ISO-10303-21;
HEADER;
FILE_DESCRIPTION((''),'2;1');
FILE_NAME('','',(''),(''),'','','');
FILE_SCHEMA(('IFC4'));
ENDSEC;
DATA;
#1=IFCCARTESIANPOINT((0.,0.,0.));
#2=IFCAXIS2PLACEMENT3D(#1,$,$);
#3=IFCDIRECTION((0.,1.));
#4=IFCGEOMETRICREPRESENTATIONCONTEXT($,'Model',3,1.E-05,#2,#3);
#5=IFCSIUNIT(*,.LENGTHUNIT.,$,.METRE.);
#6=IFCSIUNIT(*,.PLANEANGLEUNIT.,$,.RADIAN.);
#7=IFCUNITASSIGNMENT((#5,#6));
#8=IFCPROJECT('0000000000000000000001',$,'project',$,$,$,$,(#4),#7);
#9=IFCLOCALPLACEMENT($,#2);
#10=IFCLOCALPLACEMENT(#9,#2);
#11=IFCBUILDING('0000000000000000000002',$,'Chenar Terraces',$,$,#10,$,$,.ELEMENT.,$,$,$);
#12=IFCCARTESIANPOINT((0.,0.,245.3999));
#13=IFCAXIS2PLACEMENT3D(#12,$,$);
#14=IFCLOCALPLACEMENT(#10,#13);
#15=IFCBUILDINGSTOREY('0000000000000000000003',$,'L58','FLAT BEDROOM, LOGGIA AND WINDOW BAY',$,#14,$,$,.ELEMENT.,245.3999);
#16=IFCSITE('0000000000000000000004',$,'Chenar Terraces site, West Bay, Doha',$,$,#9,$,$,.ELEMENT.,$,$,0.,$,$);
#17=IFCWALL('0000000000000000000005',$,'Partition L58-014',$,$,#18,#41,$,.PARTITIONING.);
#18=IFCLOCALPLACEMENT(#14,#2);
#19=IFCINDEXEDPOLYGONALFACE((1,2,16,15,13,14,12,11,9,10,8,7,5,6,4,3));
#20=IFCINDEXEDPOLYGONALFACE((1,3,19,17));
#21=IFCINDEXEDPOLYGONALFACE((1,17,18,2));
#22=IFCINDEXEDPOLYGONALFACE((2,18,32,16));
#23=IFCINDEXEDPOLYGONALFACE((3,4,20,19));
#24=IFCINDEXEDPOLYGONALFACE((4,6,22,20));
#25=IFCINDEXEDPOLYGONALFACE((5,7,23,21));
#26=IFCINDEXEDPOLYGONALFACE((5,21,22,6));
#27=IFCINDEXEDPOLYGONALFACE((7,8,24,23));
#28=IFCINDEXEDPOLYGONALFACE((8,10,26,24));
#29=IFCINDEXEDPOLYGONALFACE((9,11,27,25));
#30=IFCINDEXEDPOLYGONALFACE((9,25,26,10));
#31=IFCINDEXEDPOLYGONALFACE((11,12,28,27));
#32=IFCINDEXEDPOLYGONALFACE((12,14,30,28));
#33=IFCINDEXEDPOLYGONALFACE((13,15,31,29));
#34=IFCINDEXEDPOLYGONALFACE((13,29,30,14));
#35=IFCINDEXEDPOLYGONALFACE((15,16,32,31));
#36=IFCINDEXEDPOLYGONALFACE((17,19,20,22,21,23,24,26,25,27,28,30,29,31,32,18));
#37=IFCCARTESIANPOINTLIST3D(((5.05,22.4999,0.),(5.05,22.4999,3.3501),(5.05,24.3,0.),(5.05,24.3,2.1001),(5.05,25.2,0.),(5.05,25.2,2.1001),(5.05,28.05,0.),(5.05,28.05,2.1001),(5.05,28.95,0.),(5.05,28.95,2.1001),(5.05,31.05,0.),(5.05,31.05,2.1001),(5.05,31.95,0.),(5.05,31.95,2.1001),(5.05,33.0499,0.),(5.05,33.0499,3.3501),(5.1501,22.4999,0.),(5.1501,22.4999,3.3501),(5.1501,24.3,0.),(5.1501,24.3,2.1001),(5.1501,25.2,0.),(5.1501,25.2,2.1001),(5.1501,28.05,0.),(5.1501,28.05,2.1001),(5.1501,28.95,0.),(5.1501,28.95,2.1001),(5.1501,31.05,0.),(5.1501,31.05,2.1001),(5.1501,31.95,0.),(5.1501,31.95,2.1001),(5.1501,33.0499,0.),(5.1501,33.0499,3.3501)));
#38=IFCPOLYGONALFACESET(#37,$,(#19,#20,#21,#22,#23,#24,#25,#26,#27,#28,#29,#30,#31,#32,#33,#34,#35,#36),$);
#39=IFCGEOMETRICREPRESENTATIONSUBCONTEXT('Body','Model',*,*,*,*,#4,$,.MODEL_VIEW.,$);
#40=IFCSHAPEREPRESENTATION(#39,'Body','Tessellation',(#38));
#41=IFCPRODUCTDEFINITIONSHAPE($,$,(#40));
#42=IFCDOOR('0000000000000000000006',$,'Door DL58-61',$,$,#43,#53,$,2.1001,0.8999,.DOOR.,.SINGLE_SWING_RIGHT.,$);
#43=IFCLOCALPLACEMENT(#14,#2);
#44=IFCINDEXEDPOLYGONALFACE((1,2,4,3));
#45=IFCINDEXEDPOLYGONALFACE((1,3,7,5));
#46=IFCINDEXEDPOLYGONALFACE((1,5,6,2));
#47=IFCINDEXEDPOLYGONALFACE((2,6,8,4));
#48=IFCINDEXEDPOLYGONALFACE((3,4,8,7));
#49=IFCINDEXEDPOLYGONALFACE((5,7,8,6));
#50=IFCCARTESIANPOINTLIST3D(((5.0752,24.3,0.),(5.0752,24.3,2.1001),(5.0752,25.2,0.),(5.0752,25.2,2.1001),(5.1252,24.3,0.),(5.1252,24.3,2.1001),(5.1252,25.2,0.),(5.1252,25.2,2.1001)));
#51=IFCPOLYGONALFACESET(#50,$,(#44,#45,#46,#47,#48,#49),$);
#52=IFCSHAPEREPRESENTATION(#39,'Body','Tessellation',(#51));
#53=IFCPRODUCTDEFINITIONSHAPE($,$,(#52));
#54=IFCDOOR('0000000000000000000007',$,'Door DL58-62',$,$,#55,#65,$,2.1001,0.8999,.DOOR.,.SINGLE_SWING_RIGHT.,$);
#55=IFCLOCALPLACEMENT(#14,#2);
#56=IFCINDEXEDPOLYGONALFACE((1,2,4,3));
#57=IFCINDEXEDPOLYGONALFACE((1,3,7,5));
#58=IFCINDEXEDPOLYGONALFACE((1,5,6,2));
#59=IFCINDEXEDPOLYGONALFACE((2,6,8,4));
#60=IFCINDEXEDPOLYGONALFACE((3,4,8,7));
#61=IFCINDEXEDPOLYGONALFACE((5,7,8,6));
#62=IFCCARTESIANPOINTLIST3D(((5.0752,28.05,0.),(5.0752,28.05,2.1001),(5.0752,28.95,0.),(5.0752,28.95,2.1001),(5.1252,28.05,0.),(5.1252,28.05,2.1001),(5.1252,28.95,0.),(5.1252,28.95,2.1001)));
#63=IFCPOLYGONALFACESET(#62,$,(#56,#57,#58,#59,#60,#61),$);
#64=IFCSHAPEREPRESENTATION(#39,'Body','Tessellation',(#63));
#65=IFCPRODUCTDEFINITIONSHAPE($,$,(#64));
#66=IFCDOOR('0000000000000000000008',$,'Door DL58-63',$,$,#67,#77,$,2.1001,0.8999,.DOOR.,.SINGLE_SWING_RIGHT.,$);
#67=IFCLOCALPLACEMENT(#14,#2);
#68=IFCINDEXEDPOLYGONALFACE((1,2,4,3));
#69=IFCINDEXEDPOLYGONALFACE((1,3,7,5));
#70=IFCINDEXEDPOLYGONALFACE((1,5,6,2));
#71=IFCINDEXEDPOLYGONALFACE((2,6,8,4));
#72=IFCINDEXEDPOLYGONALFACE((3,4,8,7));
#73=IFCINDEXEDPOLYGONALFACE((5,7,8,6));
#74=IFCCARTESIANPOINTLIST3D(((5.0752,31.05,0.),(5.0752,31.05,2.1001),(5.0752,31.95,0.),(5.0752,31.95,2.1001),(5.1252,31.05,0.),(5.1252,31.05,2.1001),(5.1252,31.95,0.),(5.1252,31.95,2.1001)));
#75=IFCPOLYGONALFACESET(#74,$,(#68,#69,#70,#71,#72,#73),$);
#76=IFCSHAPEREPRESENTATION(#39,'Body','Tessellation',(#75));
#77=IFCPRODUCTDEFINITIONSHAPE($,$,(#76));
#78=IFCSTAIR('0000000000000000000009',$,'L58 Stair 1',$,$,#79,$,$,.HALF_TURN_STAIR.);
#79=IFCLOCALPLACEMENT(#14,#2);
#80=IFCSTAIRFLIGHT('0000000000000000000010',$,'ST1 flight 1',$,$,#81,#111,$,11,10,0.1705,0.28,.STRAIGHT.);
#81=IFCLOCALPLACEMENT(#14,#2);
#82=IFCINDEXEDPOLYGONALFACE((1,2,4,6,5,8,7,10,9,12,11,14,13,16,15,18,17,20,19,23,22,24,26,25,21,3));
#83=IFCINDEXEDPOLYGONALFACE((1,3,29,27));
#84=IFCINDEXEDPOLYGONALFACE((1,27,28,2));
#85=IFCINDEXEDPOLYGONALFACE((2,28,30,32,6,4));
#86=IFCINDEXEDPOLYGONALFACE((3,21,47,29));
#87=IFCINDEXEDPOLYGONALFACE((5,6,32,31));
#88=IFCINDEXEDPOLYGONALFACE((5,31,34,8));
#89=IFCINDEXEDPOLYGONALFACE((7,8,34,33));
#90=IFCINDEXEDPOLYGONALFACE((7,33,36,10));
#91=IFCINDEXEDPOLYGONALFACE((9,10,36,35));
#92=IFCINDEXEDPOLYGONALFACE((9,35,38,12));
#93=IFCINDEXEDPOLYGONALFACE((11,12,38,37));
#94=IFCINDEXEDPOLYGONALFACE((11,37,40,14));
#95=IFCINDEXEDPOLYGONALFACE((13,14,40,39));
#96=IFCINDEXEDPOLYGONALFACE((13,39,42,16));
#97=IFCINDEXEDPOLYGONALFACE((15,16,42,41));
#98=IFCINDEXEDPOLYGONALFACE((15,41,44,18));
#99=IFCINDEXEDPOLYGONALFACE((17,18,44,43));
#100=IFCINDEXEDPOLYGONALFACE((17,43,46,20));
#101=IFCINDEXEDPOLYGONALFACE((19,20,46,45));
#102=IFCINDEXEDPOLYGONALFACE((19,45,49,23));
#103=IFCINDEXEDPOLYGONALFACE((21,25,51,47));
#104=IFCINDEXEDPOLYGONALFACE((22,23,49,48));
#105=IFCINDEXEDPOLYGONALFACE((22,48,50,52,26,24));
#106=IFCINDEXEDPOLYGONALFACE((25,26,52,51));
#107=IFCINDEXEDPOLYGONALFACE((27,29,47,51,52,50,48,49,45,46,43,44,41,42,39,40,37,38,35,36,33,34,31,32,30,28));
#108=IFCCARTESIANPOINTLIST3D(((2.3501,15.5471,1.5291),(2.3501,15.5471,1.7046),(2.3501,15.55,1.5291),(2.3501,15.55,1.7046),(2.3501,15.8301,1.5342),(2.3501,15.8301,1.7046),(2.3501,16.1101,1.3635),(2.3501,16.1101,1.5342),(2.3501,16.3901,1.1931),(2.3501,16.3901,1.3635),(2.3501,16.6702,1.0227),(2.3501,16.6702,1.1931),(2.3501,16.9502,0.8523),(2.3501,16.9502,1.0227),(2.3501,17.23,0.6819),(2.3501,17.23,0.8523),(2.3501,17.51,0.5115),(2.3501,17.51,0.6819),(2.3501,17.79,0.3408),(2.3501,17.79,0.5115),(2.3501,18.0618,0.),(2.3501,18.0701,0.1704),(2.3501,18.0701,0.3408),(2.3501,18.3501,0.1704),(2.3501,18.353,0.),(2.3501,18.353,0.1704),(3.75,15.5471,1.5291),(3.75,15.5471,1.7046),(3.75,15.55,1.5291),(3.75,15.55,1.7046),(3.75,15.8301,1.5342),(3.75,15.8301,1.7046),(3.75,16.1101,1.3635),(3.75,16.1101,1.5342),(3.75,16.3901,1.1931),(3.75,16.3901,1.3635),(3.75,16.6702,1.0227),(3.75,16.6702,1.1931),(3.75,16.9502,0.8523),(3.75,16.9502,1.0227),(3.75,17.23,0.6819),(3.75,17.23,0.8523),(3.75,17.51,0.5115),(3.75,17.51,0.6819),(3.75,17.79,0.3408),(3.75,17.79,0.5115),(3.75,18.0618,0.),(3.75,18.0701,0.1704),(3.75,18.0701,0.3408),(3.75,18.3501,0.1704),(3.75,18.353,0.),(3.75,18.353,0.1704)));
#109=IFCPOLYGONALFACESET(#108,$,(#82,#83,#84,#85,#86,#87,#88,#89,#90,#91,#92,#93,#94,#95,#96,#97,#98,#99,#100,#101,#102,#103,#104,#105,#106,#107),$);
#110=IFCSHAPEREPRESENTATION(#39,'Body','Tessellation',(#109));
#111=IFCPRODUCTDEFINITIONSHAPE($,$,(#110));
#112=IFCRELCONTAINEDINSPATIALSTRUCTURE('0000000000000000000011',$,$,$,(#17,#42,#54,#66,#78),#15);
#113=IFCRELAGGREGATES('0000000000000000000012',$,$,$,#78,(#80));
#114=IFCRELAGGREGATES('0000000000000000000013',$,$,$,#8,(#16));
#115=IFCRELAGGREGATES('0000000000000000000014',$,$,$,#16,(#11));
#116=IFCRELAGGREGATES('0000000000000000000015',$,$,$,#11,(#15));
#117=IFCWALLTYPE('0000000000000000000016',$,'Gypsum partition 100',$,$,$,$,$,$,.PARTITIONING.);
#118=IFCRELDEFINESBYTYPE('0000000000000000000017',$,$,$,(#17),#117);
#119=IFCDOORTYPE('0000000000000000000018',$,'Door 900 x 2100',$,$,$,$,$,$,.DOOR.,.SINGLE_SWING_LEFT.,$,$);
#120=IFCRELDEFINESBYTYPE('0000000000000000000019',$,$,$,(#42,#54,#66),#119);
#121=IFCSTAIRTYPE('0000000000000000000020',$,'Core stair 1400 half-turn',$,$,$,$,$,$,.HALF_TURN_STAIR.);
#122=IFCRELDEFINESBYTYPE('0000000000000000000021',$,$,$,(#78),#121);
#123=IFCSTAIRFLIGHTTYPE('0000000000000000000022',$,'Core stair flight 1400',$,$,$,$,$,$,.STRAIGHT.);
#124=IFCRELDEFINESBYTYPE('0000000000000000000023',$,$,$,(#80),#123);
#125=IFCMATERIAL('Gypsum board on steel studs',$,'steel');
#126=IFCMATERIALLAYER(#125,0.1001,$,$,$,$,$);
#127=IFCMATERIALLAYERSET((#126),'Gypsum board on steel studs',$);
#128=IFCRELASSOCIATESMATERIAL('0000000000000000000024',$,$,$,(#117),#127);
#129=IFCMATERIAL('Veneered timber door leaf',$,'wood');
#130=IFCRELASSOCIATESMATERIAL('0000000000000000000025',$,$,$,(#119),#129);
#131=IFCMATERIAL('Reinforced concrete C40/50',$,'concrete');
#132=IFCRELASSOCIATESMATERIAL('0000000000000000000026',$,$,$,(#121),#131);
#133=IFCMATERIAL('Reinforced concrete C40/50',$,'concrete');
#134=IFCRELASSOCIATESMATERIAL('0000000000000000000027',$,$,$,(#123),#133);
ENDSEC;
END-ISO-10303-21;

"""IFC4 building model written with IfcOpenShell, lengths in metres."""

from ifc_helpers import new_model, si_unit, direction, frame, frame_2d, origin, place, context, subcontext, project, spatial, polyline, rectangle, outline, extrude, material, layer, layer_set, type_object, element, fill, aggregate, save


model = new_model("IFC4")

# Units and contexts
model_context = context("Model", 3, precision=1e-05, world=origin(), true_north=direction((0.0, 1.0)))
body_context = subcontext(model_context, "Body", "Model", "MODEL_VIEW")
ifc_project = project(units=[si_unit("LENGTHUNIT", "METRE"), si_unit("PLANEANGLEUNIT", "RADIAN")], contexts=[model_context])

# Site, building, storey
site_placement = place(None, origin())
site = spatial("IfcSite", under=ifc_project, at=site_placement, Name="Chenar Terraces site, West Bay, Doha", CompositionType="ELEMENT", RefElevation=0.0)
building_placement = place(site_placement, origin())
building = spatial("IfcBuilding", under=site, at=building_placement, Name="Chenar Terraces", CompositionType="ELEMENT")
storey_placement = place(building_placement, frame((0.0, 0.0, 245.3999)))
storey = spatial("IfcBuildingStorey", under=building, at=storey_placement, Name="L58", Description="FLAT BEDROOM, LOGGIA AND WINDOW BAY", CompositionType="ELEMENT", Elevation=245.3999)

# Wall, openings, doors
ifc_material_1 = material(Name="Gypsum board on steel studs", Category="steel")
ifc_layer_1 = layer(ifc_material_1, 0.1001)
ifc_layer_set_1 = layer_set([ifc_layer_1], Name="Gypsum board on steel studs")
wall_type_1 = type_object("IfcWallType", Name="Gypsum partition 100", PredefinedType="PARTITIONING", material=ifc_layer_set_1)
wall_1_placement = place(storey_placement, frame((5.1001, 22.5, 0.0), z_axis=(0.0, 0.0, 1.0), x_axis=(0.0, 1.0, 0.0)))
wall_1 = element("IfcWall", 1, at=wall_1_placement, inside=storey, type_object=wall_type_1, Name="Partition L58-014", PredefinedType="PARTITIONING", context=body_context, shape_type="SweptSolid", body=[
    extrude(rectangle(XDim=10.55, YDim=0.1001, at=frame_2d((5.2749, 0.0))), origin(), (0.0, 0.0, 1.0), 3.3501),
])
opening_1_placement = place(wall_1_placement, frame((1.8, 0.0, 0.0)))
opening_1 = element("IfcOpeningElement", 2, at=opening_1_placement, cuts=wall_1, PredefinedType="OPENING", context=body_context, shape_type="SweptSolid", body=[
    extrude(rectangle(XDim=0.8999, YDim=2.1001, at=frame_2d((0.45, 1.05))), frame((0.0, 0.0601, 0.0), z_axis=(0.0, -1.0, 0.0), x_axis=(1.0, 0.0, 0.0)), (0.0, 0.0, 1.0), 0.1201),
])
opening_2_placement = place(wall_1_placement, frame((5.55, 0.0, 0.0)))
opening_2 = element("IfcOpeningElement", 3, at=opening_2_placement, cuts=wall_1, PredefinedType="OPENING", context=body_context, shape_type="SweptSolid", body=[
    extrude(rectangle(XDim=0.8999, YDim=2.1001, at=frame_2d((0.45, 1.05))), frame((0.0, 0.0601, 0.0), z_axis=(0.0, -1.0, 0.0), x_axis=(1.0, 0.0, 0.0)), (0.0, 0.0, 1.0), 0.1201),
])
opening_3_placement = place(wall_1_placement, frame((8.55, 0.0, 0.0)))
opening_3 = element("IfcOpeningElement", 4, at=opening_3_placement, cuts=wall_1, PredefinedType="OPENING", context=body_context, shape_type="SweptSolid", body=[
    extrude(rectangle(XDim=0.8999, YDim=2.1001, at=frame_2d((0.45, 1.05))), frame((0.0, 0.0601, 0.0), z_axis=(0.0, -1.0, 0.0), x_axis=(1.0, 0.0, 0.0)), (0.0, 0.0, 1.0), 0.1201),
])
ifc_material_2 = material(Name="Veneered timber door leaf", Category="wood")
door_type_1 = type_object("IfcDoorType", Name="Door 900 x 2100", OperationType="SINGLE_SWING_LEFT", PredefinedType="DOOR", material=ifc_material_2)
door_1_placement = place(opening_1_placement, origin())
door_1 = element("IfcDoor", 5, at=door_1_placement, inside=storey, type_object=door_type_1, Name="Door DL58-61", OperationType="SINGLE_SWING_RIGHT", OverallHeight=2.1001, OverallWidth=0.8999, PredefinedType="DOOR", context=body_context, shape_type="SweptSolid", body=[
    extrude(rectangle(XDim=0.8999, YDim=2.1001, at=frame_2d((0.45, 1.05))), frame((0.0, 0.0249, 0.0), z_axis=(0.0, -1.0, 0.0), x_axis=(1.0, 0.0, 0.0)), (0.0, 0.0, 1.0), 0.05),
])
fill(opening_1, door_1)
door_2_placement = place(opening_2_placement, origin())
door_2 = element("IfcDoor", 6, at=door_2_placement, inside=storey, type_object=door_type_1, Name="Door DL58-62", OperationType="SINGLE_SWING_RIGHT", OverallHeight=2.1001, OverallWidth=0.8999, PredefinedType="DOOR", context=body_context, shape_type="SweptSolid", body=[
    extrude(rectangle(XDim=0.8999, YDim=2.1001, at=frame_2d((0.45, 1.05))), frame((0.0, 0.0249, 0.0), z_axis=(0.0, -1.0, 0.0), x_axis=(1.0, 0.0, 0.0)), (0.0, 0.0, 1.0), 0.05),
])
fill(opening_2, door_2)
door_3_placement = place(opening_3_placement, origin())
door_3 = element("IfcDoor", 7, at=door_3_placement, inside=storey, type_object=door_type_1, Name="Door DL58-63", OperationType="SINGLE_SWING_RIGHT", OverallHeight=2.1001, OverallWidth=0.8999, PredefinedType="DOOR", context=body_context, shape_type="SweptSolid", body=[
    extrude(rectangle(XDim=0.8999, YDim=2.1001, at=frame_2d((0.45, 1.05))), frame((0.0, 0.0249, 0.0), z_axis=(0.0, -1.0, 0.0), x_axis=(1.0, 0.0, 0.0)), (0.0, 0.0, 1.0), 0.05),
])
fill(opening_3, door_3)

# Stair, stair flight
ifc_material_3 = material(Name="Reinforced concrete C40/50", Category="concrete")
stair_type = type_object("IfcStairType", Name="Core stair 1400 half-turn", PredefinedType="HALF_TURN_STAIR", material=ifc_material_3)
stair_placement = place(storey_placement, origin())
stair = element("IfcStair", 8, at=stair_placement, inside=storey, type_object=stair_type, Name="L58 Stair 1", PredefinedType="HALF_TURN_STAIR")
ifc_material_4 = material(Name="Reinforced concrete C40/50", Category="concrete")
stair_flight_type = type_object("IfcStairFlightType", Name="Core stair flight 1400", PredefinedType="STRAIGHT", material=ifc_material_4)
stair_flight_placement = place(storey_placement, frame((3.05, 18.3501, 0.0), z_axis=(0.0, 0.0, 1.0), x_axis=(0.0, -1.0, 0.0)))
stair_flight = element("IfcStairFlight", 9, at=stair_flight_placement, type_object=stair_flight_type, Name="ST1 flight 1", NumberOfRisers=11, NumberOfTreads=10, PredefinedType="STRAIGHT", RiserHeight=0.1705, TreadLength=0.28, context=body_context, shape_type="SweptSolid", body=[
    extrude(outline(polyline([(-0.0029, 0.0), (-0.0029, 0.1704), (0.0, 0.1704), (0.28, 0.1704), (0.28, 0.3408), (0.5601, 0.3408), (0.5601, 0.5115), (0.8401, 0.5115), (0.8401, 0.6819), (1.1201, 0.6819), (1.1201, 0.8523), (1.3999, 0.8523), (1.3999, 1.0227), (1.6799, 1.0227), (1.6799, 1.1931), (1.96, 1.1931), (1.96, 1.3635), (2.24, 1.3635), (2.24, 1.5342), (2.52, 1.5342), (2.52, 1.7046), (2.8, 1.7046), (2.803, 1.7046), (2.803, 1.5291), (2.8, 1.5291), (0.2883, 0.0), (-0.0029, 0.0)])), frame((0.0, 0.7, 0.0), z_axis=(0.0, -1.0, 0.0), x_axis=(1.0, 0.0, 0.0)), (0.0, 0.0, 1.0), 1.3999),
])
aggregate(stair, [stair_flight])

save(model, "model.ifc")
